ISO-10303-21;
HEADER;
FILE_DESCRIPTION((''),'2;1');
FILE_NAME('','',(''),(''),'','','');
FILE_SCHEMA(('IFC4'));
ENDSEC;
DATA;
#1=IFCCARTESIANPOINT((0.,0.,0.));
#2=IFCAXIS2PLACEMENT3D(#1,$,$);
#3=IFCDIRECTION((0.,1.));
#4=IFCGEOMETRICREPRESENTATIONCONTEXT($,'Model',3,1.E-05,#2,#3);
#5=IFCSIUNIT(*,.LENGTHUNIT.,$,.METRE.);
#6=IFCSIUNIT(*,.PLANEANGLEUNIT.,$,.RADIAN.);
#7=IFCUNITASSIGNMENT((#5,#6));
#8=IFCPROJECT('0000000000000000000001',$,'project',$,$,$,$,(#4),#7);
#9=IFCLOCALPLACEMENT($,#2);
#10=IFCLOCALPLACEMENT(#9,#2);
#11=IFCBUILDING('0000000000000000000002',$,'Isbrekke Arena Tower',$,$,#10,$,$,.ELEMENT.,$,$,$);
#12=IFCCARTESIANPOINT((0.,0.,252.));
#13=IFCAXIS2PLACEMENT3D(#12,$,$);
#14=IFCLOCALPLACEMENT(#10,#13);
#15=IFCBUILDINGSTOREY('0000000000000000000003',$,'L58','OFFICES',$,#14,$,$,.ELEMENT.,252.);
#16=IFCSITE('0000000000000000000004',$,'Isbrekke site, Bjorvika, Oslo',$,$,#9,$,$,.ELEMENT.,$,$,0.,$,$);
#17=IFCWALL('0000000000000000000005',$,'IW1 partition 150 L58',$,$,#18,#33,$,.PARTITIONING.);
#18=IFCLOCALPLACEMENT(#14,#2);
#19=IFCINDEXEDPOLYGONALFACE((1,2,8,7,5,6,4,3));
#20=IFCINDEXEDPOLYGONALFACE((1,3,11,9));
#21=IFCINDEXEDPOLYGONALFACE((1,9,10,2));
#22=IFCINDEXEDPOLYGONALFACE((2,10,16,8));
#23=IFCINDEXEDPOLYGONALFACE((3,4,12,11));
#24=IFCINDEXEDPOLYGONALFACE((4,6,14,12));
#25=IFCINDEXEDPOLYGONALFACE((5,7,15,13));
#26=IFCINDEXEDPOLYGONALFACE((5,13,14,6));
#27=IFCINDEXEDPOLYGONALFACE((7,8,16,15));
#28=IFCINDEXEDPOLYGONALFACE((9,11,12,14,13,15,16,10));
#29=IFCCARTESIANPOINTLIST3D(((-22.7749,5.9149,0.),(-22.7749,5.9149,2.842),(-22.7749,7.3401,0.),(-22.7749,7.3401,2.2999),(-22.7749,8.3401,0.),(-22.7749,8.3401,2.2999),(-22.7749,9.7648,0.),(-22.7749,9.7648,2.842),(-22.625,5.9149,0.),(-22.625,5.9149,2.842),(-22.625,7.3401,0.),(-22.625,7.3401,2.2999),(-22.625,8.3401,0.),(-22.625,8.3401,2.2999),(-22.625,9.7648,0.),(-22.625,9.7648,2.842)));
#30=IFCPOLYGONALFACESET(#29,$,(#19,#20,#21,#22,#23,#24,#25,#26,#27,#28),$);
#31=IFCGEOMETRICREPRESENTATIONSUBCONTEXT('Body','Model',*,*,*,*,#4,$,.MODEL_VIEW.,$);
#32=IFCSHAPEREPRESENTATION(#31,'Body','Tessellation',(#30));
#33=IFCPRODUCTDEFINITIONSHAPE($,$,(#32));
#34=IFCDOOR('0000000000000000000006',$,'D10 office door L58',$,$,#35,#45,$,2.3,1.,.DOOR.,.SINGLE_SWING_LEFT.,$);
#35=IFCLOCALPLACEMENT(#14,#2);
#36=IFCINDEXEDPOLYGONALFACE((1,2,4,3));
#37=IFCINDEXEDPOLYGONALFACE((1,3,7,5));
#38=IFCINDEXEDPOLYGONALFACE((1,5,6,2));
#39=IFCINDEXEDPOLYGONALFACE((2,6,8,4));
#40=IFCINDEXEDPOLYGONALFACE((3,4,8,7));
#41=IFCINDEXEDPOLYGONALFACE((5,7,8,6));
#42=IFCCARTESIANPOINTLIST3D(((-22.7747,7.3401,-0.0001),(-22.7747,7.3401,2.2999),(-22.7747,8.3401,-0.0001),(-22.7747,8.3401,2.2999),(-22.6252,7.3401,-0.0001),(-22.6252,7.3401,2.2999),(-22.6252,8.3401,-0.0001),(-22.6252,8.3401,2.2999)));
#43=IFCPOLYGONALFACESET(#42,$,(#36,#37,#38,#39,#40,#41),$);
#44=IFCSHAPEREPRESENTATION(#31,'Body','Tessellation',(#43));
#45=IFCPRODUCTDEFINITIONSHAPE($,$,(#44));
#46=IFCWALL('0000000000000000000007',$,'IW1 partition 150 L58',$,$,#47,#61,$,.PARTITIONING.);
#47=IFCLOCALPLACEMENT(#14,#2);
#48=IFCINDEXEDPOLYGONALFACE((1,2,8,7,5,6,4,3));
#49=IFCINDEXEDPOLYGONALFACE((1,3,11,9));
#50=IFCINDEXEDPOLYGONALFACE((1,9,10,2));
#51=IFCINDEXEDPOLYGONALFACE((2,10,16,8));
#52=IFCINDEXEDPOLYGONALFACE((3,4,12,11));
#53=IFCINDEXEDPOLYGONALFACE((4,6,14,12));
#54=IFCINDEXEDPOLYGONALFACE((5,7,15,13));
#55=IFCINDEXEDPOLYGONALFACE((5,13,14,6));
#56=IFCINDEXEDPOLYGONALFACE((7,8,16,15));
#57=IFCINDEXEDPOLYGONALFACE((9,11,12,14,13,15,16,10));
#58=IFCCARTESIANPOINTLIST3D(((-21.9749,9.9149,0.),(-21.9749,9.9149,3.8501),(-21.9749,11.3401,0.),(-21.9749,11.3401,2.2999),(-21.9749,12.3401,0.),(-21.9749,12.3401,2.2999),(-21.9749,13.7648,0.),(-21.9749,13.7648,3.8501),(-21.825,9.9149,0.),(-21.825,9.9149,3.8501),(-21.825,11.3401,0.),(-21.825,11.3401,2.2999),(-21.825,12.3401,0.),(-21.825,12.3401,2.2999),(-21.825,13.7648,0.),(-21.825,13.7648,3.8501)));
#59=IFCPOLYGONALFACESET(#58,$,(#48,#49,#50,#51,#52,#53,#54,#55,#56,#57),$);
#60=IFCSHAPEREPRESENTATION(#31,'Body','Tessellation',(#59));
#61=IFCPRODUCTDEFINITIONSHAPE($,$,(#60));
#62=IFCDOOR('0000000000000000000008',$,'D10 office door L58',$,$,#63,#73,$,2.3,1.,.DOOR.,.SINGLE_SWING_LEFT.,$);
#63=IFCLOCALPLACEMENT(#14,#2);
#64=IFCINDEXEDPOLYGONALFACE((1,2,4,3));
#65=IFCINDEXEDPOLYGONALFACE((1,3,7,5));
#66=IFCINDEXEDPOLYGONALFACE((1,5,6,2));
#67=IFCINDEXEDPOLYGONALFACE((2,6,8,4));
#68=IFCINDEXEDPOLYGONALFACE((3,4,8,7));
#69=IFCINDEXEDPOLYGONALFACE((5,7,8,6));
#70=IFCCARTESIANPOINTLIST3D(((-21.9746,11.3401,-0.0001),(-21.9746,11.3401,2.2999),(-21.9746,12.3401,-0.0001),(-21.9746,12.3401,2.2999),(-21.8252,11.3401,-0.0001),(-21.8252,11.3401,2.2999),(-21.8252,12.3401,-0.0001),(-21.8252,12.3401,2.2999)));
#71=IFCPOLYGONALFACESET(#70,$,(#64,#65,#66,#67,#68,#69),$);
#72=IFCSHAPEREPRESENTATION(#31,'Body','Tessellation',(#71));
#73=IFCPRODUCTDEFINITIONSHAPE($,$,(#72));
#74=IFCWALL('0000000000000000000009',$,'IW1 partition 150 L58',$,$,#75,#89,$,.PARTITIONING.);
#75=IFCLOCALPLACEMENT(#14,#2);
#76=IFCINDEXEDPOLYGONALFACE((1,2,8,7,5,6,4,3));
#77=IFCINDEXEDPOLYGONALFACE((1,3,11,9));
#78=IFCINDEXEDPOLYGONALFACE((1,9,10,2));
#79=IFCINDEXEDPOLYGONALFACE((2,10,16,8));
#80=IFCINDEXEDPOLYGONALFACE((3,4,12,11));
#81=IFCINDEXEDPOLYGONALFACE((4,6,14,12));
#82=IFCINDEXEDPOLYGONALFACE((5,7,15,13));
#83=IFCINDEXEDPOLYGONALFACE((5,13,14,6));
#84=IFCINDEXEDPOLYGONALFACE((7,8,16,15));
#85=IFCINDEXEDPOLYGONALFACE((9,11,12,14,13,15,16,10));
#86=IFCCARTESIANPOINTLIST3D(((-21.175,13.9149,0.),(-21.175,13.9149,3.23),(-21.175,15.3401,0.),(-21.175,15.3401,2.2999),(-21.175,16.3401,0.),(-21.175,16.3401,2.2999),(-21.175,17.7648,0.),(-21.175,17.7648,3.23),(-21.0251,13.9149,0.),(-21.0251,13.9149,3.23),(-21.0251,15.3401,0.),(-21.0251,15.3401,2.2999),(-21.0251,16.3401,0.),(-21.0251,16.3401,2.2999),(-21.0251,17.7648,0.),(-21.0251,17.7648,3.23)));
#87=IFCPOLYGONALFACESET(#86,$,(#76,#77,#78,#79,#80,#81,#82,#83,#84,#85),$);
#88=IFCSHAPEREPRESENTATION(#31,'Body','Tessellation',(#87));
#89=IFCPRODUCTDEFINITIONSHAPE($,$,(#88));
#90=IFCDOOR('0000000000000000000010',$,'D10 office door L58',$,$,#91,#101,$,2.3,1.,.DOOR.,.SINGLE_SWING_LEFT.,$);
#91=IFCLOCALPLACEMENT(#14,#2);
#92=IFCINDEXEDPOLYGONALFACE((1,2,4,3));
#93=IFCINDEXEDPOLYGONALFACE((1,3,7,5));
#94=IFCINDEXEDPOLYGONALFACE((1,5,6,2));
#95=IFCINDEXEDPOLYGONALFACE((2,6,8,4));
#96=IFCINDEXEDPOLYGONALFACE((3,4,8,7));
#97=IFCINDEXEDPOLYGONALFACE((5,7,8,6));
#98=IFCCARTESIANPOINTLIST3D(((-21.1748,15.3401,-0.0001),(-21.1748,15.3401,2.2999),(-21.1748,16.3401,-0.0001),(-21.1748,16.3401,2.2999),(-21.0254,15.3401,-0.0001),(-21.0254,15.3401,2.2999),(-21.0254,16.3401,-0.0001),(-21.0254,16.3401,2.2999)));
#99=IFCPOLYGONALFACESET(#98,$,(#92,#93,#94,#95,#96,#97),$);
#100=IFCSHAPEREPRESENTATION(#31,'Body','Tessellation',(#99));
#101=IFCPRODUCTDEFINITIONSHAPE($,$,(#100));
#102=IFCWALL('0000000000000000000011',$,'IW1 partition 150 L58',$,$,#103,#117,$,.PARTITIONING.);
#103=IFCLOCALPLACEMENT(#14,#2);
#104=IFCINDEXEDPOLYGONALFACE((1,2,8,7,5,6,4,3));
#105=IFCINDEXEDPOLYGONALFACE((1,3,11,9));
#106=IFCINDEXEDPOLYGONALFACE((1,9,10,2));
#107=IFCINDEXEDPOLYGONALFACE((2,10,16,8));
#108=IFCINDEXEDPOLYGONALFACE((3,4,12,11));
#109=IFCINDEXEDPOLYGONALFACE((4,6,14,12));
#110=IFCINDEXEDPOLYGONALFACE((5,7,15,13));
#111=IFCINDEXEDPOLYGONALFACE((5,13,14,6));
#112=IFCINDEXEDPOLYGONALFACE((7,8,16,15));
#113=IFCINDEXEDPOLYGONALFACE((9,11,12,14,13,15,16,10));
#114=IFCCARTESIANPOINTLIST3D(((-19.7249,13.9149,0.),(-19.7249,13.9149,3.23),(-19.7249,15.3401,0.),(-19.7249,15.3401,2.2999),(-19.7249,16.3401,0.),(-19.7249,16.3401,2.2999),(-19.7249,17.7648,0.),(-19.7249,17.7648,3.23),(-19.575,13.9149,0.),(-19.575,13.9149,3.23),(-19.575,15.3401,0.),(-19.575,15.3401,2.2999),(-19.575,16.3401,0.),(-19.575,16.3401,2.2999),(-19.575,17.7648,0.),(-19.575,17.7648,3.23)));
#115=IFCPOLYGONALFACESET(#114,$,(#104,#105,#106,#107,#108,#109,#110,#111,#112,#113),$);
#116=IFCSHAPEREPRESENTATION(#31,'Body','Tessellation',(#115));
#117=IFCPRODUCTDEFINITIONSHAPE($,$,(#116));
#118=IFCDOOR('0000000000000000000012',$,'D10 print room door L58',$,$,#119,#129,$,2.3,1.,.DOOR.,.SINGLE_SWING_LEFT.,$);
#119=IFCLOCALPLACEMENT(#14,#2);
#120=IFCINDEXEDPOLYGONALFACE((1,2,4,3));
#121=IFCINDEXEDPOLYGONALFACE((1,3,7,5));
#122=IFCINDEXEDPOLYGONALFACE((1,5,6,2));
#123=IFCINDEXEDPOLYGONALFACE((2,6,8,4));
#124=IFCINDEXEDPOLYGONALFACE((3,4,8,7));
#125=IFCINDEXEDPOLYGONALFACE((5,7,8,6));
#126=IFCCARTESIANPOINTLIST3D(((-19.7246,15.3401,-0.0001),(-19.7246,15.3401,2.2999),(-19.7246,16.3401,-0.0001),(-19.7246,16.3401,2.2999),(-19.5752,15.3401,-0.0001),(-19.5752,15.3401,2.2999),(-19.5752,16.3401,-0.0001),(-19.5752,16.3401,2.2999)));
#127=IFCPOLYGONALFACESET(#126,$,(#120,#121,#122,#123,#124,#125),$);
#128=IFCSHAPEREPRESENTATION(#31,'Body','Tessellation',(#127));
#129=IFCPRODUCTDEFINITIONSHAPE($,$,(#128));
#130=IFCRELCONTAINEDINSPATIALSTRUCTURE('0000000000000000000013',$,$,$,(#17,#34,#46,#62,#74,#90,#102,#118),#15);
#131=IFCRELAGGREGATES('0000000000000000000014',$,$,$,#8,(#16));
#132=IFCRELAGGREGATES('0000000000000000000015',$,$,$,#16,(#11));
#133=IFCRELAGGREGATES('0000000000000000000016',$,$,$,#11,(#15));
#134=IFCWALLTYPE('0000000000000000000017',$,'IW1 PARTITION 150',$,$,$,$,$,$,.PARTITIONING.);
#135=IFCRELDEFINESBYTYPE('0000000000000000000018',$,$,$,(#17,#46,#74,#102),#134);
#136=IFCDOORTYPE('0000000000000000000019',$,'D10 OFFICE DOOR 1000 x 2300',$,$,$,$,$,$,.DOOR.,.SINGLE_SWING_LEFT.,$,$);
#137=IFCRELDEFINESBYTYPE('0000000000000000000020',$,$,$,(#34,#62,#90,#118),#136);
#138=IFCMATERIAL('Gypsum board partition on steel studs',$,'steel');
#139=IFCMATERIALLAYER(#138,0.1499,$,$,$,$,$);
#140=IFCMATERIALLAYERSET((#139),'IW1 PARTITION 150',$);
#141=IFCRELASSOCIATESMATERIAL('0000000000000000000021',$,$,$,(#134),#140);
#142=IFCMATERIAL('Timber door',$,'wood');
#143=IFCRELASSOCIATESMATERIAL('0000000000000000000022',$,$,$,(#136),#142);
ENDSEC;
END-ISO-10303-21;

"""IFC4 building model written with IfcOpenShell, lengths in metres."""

from ifc_helpers import new_model, si_unit, direction, frame, frame_2d, origin, place, context, subcontext, project, spatial, rectangle, extrude, material, layer, layer_set, type_object, element, fill, save


model = new_model("IFC4")

# Units and contexts
model_context = context("Model", 3, precision=1e-05, world=origin(), true_north=direction((0.0, 1.0)))
body_context = subcontext(model_context, "Body", "Model", "MODEL_VIEW")
ifc_project = project(units=[si_unit("LENGTHUNIT", "METRE"), si_unit("PLANEANGLEUNIT", "RADIAN")], contexts=[model_context])

# Site, building, storey
site_placement = place(None, origin())
site = spatial("IfcSite", under=ifc_project, at=site_placement, Name="Isbrekke site, Bjorvika, Oslo", CompositionType="ELEMENT", RefElevation=0.0)
building_placement = place(site_placement, origin())
building = spatial("IfcBuilding", under=site, at=building_placement, Name="Isbrekke Arena Tower", CompositionType="ELEMENT")
storey_placement = place(building_placement, frame((0.0, 0.0, 252.0)))
storey = spatial("IfcBuildingStorey", under=building, at=storey_placement, Name="L58", Description="OFFICES", CompositionType="ELEMENT", Elevation=252.0)

# Shared definitions
ifc_material_1 = material(Name="Gypsum board partition on steel studs", Category="steel")
ifc_layer_1 = layer(ifc_material_1, 0.1499)
ifc_layer_set_1 = layer_set([ifc_layer_1], Name="IW1 PARTITION 150")
wall_type = type_object("IfcWallType", Name="IW1 PARTITION 150", PredefinedType="PARTITIONING", material=ifc_layer_set_1)

# Walls, openings, doors
wall_1_placement = place(storey_placement, frame((-22.7, 5.915, 0.0), z_axis=(0.0, 0.0, 1.0), x_axis=(0.0, 1.0, 0.0)))
wall_1 = element("IfcWall", 1, at=wall_1_placement, inside=storey, type_object=wall_type, Name="IW1 partition 150 L58", PredefinedType="PARTITIONING", context=body_context, shape_type="SweptSolid", body=[
    extrude(rectangle(XDim=3.8499, YDim=0.1499, at=frame_2d((1.9248, 0.0))), origin(), (0.0, 0.0, 1.0), 2.842),
])
opening_1_placement = place(wall_1_placement, frame((1.425, 0.0, 0.0)))
opening_1 = element("IfcOpeningElement", 2, at=opening_1_placement, cuts=wall_1, PredefinedType="OPENING", context=body_context, shape_type="SweptSolid", body=[
    extrude(rectangle(XDim=1.0, YDim=2.3, at=frame_2d((0.5, 1.1499))), frame((0.0, 0.0898, 0.0), z_axis=(0.0, -1.0, 0.0), x_axis=(1.0, 0.0, 0.0)), (0.0, 0.0, 1.0), 0.1797),
])
ifc_material_2 = material(Name="Timber door", Category="wood")
door_type = type_object("IfcDoorType", Name="D10 OFFICE DOOR 1000 x 2300", OperationType="SINGLE_SWING_LEFT", PredefinedType="DOOR", material=ifc_material_2)
door_1_placement = place(opening_1_placement, origin())
door_1 = element("IfcDoor", 3, at=door_1_placement, inside=storey, type_object=door_type, Name="D10 office door L58", OperationType="SINGLE_SWING_LEFT", OverallHeight=2.3, OverallWidth=1.0, PredefinedType="DOOR", context=body_context, shape_type="SweptSolid", body=[
    extrude(rectangle(XDim=1.0, YDim=2.3, at=frame_2d((0.5, 1.1499))), frame((0.0, 0.0747, 0.0), z_axis=(0.0, -1.0, 0.0), x_axis=(1.0, 0.0, 0.0)), (0.0, 0.0, 1.0), 0.1494),
])
fill(opening_1, door_1)
wall_2_placement = place(storey_placement, frame((-21.8999, 9.915, 0.0), z_axis=(0.0, 0.0, 1.0), x_axis=(0.0, 1.0, 0.0)))
wall_2 = element("IfcWall", 4, at=wall_2_placement, inside=storey, type_object=wall_type, Name="IW1 partition 150 L58", PredefinedType="PARTITIONING", context=body_context, shape_type="SweptSolid", body=[
    extrude(rectangle(XDim=3.8499, YDim=0.1499, at=frame_2d((1.9248, 0.0))), origin(), (0.0, 0.0, 1.0), 3.8501),
])
opening_2_placement = place(wall_2_placement, frame((1.425, 0.0, 0.0)))
opening_2 = element("IfcOpeningElement", 5, at=opening_2_placement, cuts=wall_2, PredefinedType="OPENING", context=body_context, shape_type="SweptSolid", body=[
    extrude(rectangle(XDim=1.0, YDim=2.3, at=frame_2d((0.5, 1.1499))), frame((0.0, 0.0898, 0.0), z_axis=(0.0, -1.0, 0.0), x_axis=(1.0, 0.0, 0.0)), (0.0, 0.0, 1.0), 0.1797),
])
door_2_placement = place(opening_2_placement, origin())
door_2 = element("IfcDoor", 6, at=door_2_placement, inside=storey, type_object=door_type, Name="D10 office door L58", OperationType="SINGLE_SWING_LEFT", OverallHeight=2.3, OverallWidth=1.0, PredefinedType="DOOR", context=body_context, shape_type="SweptSolid", body=[
    extrude(rectangle(XDim=1.0, YDim=2.3, at=frame_2d((0.5, 1.1499))), frame((0.0, 0.0747, 0.0), z_axis=(0.0, -1.0, 0.0), x_axis=(1.0, 0.0, 0.0)), (0.0, 0.0, 1.0), 0.1494),
])
fill(opening_2, door_2)
wall_3_placement = place(storey_placement, frame((-21.1001, 13.915, 0.0), z_axis=(0.0, 0.0, 1.0), x_axis=(0.0, 1.0, 0.0)))
wall_3 = element("IfcWall", 7, at=wall_3_placement, inside=storey, type_object=wall_type, Name="IW1 partition 150 L58", PredefinedType="PARTITIONING", context=body_context, shape_type="SweptSolid", body=[
    extrude(rectangle(XDim=3.8499, YDim=0.1499, at=frame_2d((1.9248, 0.0))), origin(), (0.0, 0.0, 1.0), 3.23),
])
opening_3_placement = place(wall_3_placement, frame((1.425, 0.0, 0.0)))
opening_3 = element("IfcOpeningElement", 8, at=opening_3_placement, cuts=wall_3, PredefinedType="OPENING", context=body_context, shape_type="SweptSolid", body=[
    extrude(rectangle(XDim=1.0, YDim=2.3, at=frame_2d((0.5, 1.1499))), frame((0.0, 0.0898, 0.0), z_axis=(0.0, -1.0, 0.0), x_axis=(1.0, 0.0, 0.0)), (0.0, 0.0, 1.0), 0.1797),
])
door_3_placement = place(opening_3_placement, origin())
door_3 = element("IfcDoor", 9, at=door_3_placement, inside=storey, type_object=door_type, Name="D10 office door L58", OperationType="SINGLE_SWING_LEFT", OverallHeight=2.3, OverallWidth=1.0, PredefinedType="DOOR", context=body_context, shape_type="SweptSolid", body=[
    extrude(rectangle(XDim=1.0, YDim=2.3, at=frame_2d((0.5, 1.1499))), frame((0.0, 0.0747, 0.0), z_axis=(0.0, -1.0, 0.0), x_axis=(1.0, 0.0, 0.0)), (0.0, 0.0, 1.0), 0.1494),
])
fill(opening_3, door_3)
wall_4_placement = place(storey_placement, frame((-19.6499, 13.915, 0.0), z_axis=(0.0, 0.0, 1.0), x_axis=(0.0, 1.0, 0.0)))
wall_4 = element("IfcWall", 10, at=wall_4_placement, inside=storey, type_object=wall_type, Name="IW1 partition 150 L58", PredefinedType="PARTITIONING", context=body_context, shape_type="SweptSolid", body=[
    extrude(rectangle(XDim=3.8499, YDim=0.1499, at=frame_2d((1.9248, 0.0))), origin(), (0.0, 0.0, 1.0), 3.23),
])
opening_4_placement = place(wall_4_placement, frame((1.425, 0.0, 0.0)))
opening_4 = element("IfcOpeningElement", 11, at=opening_4_placement, cuts=wall_4, PredefinedType="OPENING", context=body_context, shape_type="SweptSolid", body=[
    extrude(rectangle(XDim=1.0, YDim=2.3, at=frame_2d((0.5, 1.1499))), frame((0.0, 0.0898, 0.0), z_axis=(0.0, -1.0, 0.0), x_axis=(1.0, 0.0, 0.0)), (0.0, 0.0, 1.0), 0.1797),
])
door_4_placement = place(opening_4_placement, origin())
door_4 = element("IfcDoor", 12, at=door_4_placement, inside=storey, type_object=door_type, Name="D10 print room door L58", OperationType="SINGLE_SWING_LEFT", OverallHeight=2.3, OverallWidth=1.0, PredefinedType="DOOR", context=body_context, shape_type="SweptSolid", body=[
    extrude(rectangle(XDim=1.0, YDim=2.3, at=frame_2d((0.5, 1.1499))), frame((0.0, 0.0747, 0.0), z_axis=(0.0, -1.0, 0.0), x_axis=(1.0, 0.0, 0.0)), (0.0, 0.0, 1.0), 0.1494),
])
fill(opening_4, door_4)

save(model, "model.ifc")
